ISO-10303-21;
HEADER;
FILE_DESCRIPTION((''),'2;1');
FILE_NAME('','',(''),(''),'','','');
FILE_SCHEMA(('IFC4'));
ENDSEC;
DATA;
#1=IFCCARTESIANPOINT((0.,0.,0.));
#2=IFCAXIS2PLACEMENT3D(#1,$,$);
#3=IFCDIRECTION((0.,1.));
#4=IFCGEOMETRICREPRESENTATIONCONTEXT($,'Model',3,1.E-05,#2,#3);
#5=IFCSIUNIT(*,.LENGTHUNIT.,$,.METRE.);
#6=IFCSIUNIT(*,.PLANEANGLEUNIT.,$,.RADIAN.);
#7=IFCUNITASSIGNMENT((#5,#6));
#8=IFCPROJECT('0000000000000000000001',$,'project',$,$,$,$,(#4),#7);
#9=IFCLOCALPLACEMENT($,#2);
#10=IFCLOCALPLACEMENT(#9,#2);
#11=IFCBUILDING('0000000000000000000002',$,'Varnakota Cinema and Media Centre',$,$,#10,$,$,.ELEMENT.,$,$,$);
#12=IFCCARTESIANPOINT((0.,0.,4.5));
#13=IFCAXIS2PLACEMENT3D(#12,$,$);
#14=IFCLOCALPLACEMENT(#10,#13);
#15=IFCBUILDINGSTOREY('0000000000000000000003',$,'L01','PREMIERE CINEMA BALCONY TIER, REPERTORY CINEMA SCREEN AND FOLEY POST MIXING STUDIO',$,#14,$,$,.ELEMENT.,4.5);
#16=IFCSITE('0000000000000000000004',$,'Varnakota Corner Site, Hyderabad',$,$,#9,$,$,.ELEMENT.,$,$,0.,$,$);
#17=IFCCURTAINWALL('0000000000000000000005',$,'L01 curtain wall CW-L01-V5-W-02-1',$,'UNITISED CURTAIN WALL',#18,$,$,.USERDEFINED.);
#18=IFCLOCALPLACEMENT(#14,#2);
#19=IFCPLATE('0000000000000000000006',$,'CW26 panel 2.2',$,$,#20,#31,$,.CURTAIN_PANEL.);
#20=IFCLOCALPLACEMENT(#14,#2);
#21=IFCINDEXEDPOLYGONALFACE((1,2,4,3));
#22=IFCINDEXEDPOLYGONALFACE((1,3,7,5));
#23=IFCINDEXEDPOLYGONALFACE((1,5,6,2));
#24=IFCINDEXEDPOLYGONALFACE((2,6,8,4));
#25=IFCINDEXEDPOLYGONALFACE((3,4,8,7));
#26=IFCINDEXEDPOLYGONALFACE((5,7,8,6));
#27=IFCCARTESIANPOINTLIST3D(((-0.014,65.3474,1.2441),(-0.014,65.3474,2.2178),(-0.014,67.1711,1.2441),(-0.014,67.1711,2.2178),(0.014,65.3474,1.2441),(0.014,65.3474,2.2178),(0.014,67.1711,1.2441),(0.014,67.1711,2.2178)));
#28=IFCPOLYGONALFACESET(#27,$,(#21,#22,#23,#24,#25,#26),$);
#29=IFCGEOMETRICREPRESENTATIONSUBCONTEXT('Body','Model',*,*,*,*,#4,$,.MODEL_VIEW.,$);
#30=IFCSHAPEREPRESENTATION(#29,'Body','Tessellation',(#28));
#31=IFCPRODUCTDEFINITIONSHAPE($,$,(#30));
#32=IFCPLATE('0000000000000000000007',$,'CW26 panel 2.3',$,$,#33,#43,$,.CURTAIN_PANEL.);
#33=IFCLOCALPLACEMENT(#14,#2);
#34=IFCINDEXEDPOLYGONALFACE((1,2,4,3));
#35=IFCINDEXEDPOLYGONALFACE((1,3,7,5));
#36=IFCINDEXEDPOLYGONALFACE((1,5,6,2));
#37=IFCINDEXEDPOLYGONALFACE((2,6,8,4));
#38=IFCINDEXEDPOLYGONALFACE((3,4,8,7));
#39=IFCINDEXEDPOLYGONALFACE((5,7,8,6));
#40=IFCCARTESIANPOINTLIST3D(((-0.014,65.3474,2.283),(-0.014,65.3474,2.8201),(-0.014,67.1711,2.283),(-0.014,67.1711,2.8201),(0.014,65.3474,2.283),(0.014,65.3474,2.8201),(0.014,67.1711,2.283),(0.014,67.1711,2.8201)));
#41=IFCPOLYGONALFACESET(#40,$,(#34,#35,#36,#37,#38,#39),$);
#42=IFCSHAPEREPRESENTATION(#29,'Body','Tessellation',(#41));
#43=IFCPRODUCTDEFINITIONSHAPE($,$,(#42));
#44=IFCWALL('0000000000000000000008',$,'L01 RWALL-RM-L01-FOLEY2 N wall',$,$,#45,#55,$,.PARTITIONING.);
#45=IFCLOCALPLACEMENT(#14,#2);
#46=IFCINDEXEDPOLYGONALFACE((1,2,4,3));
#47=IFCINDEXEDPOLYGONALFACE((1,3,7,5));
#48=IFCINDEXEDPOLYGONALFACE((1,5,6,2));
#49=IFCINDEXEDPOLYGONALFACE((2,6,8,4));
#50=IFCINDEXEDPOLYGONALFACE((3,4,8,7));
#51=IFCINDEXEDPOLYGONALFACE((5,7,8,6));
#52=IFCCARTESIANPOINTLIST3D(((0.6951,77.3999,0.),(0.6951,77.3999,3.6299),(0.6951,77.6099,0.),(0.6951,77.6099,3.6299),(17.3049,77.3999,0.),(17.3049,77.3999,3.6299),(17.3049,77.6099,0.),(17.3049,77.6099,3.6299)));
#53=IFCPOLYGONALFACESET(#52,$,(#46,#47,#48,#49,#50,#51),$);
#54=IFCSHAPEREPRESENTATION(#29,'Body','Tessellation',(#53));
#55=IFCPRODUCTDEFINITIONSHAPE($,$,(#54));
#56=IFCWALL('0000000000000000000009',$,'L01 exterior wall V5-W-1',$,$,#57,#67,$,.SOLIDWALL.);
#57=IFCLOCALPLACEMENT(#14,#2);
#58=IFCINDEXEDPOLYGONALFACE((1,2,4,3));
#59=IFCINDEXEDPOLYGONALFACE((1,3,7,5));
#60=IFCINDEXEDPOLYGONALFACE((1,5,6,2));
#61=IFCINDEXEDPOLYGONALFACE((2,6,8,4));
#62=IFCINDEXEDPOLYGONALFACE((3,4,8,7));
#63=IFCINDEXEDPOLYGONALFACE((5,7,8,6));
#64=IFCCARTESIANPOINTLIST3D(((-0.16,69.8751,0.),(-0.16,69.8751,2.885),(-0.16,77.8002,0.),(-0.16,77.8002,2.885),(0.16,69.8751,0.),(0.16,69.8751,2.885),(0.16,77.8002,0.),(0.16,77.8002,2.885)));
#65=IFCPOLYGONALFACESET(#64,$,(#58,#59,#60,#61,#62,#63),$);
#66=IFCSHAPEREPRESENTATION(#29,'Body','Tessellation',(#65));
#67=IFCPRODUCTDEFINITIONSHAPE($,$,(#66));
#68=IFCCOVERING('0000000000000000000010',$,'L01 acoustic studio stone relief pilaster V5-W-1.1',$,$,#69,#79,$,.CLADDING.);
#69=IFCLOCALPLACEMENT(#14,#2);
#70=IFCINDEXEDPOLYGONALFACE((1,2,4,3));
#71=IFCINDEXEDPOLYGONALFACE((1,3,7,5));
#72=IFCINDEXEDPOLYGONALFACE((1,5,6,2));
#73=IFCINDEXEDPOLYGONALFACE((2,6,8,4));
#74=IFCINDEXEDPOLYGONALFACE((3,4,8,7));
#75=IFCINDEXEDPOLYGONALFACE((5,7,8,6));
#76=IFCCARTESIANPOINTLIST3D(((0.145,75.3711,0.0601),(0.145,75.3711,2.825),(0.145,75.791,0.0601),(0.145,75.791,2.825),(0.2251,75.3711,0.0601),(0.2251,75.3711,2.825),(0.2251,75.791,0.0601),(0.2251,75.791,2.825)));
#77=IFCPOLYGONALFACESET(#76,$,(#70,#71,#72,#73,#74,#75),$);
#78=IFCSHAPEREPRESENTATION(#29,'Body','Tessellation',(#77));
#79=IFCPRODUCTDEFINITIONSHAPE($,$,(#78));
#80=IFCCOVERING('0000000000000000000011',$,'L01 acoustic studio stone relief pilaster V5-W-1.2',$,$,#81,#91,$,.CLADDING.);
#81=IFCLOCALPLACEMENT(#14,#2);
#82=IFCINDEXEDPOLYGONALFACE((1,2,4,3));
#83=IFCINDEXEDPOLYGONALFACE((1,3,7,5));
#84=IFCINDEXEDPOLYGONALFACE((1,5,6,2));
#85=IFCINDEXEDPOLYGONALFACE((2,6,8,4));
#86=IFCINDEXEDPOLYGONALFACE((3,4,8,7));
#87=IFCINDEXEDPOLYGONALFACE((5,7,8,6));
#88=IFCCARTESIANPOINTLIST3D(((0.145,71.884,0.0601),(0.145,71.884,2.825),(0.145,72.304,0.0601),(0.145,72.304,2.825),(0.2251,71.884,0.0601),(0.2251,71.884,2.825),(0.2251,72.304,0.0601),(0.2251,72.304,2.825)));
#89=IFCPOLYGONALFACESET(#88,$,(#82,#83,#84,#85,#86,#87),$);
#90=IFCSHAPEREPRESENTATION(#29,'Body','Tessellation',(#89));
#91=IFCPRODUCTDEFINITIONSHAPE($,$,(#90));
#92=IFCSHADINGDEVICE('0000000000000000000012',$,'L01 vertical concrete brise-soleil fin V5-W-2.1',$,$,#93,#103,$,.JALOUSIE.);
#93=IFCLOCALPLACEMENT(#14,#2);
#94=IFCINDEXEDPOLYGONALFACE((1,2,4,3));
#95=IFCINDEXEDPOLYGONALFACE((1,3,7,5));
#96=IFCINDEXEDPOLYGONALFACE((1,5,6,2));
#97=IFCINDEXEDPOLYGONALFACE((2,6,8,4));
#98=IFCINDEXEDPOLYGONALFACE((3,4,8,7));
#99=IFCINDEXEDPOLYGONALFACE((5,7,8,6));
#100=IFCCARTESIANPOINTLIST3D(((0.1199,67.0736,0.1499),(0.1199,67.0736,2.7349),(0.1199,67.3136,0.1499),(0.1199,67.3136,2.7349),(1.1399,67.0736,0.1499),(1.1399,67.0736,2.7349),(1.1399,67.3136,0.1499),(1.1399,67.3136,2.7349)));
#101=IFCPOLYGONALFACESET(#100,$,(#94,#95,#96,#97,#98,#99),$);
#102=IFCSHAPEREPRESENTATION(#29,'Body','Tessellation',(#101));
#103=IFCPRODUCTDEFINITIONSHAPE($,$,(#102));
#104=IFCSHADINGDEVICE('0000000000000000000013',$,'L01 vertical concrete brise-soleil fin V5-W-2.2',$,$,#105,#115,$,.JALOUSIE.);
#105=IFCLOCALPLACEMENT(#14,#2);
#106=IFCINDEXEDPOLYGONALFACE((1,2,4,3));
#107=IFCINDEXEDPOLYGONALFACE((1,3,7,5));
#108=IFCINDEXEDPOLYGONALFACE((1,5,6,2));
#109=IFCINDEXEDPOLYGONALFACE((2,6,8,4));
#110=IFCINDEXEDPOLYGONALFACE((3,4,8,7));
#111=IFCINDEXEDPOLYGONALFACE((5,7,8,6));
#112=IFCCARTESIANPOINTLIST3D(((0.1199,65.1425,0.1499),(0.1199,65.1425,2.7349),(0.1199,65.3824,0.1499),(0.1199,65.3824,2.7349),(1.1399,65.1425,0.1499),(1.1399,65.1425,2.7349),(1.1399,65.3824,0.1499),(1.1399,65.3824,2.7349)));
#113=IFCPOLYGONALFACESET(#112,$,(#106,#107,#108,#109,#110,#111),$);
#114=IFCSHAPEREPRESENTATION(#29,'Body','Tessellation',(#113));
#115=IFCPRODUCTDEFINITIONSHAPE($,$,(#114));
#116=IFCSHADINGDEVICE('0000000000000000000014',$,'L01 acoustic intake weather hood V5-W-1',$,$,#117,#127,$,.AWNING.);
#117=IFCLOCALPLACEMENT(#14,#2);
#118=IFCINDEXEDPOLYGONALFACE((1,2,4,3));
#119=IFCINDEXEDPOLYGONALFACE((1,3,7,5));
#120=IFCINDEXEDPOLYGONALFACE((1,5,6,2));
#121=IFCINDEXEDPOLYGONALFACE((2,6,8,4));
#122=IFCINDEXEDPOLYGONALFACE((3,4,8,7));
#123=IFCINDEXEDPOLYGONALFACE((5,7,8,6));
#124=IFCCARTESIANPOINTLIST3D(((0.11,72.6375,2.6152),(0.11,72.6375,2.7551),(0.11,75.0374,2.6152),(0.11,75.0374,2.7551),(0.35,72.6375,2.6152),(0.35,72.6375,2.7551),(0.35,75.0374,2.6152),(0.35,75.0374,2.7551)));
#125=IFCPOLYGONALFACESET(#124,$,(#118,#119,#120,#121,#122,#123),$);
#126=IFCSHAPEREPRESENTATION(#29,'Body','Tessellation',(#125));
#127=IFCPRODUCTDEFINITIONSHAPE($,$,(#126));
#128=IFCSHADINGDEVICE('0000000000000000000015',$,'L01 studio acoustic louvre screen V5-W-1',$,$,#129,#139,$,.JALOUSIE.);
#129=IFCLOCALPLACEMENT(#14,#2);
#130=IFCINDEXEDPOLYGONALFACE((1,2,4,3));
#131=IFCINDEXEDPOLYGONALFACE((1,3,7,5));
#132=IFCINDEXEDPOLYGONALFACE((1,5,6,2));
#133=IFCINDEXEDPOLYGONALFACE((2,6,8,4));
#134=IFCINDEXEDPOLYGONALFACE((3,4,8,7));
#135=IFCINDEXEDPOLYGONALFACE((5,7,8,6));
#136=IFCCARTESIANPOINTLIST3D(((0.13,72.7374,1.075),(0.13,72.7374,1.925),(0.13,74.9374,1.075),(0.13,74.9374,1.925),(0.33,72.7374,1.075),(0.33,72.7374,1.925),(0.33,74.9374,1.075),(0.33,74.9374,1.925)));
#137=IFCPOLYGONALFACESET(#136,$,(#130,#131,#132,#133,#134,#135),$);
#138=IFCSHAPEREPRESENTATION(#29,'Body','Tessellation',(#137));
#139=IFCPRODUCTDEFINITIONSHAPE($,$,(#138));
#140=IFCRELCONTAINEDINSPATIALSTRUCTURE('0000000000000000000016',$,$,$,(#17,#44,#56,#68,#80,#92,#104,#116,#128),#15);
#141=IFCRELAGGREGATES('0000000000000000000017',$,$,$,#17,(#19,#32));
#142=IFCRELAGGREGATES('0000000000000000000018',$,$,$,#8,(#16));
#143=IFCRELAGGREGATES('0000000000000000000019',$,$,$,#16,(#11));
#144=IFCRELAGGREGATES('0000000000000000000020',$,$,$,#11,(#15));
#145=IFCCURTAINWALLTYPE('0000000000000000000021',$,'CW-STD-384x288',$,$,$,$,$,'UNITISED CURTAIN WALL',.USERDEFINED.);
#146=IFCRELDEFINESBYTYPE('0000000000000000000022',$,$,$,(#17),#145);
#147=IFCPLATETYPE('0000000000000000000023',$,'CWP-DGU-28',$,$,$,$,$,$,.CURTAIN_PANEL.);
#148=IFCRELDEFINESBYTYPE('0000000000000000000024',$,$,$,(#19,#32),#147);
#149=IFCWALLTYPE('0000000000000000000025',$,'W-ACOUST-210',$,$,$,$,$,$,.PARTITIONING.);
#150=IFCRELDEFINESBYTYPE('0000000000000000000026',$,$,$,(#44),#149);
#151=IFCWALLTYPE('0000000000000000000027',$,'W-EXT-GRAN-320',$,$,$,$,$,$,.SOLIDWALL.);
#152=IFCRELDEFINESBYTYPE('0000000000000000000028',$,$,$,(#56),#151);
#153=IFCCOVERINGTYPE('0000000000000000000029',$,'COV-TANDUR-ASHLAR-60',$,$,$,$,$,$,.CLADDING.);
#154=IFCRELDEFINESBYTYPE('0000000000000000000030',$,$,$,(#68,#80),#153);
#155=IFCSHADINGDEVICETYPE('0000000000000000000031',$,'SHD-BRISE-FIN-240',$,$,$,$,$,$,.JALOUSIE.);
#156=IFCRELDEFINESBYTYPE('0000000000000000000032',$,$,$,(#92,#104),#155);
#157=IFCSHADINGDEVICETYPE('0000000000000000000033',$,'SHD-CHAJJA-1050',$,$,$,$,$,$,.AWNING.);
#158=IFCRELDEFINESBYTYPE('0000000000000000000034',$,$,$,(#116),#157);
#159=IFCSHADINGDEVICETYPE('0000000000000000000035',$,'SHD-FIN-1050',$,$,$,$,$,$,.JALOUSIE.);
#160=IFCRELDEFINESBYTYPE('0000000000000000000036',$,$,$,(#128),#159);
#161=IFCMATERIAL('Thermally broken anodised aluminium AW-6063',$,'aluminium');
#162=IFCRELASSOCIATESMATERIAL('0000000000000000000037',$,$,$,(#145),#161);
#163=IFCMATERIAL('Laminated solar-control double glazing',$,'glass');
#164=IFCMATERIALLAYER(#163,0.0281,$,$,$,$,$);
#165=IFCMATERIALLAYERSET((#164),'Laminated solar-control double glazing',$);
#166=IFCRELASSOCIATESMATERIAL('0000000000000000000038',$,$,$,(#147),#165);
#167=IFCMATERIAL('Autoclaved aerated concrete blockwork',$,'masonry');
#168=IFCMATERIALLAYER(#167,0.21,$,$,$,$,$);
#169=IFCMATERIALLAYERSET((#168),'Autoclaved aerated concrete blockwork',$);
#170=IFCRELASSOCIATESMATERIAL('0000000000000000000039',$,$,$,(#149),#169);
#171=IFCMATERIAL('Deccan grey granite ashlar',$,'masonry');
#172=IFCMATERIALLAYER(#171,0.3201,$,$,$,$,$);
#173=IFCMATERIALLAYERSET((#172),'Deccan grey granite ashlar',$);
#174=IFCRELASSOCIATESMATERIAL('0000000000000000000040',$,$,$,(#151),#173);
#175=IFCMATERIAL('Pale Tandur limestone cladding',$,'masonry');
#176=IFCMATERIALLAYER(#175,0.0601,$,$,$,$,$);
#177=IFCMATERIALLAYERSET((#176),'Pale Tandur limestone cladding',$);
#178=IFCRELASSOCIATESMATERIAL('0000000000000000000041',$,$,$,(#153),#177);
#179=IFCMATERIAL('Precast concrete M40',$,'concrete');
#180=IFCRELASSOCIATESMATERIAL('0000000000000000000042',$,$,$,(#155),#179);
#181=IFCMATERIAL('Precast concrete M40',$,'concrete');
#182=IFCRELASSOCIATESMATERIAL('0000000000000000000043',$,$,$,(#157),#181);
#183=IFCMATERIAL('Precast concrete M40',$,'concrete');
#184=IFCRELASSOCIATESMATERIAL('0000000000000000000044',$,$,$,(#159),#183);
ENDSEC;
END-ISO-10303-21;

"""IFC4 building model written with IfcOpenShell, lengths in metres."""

from ifc_helpers import new_model, si_unit, direction, frame, frame_2d, origin, origin_2d, place, context, subcontext, project, spatial, rectangle, extrude, material, layer, layer_set, type_object, element, aggregate, save


model = new_model("IFC4")

# Units and contexts
model_context = context("Model", 3, precision=1e-05, world=origin(), true_north=direction((0.0, 1.0)))
body_context = subcontext(model_context, "Body", "Model", "MODEL_VIEW")
ifc_project = project(units=[si_unit("LENGTHUNIT", "METRE"), si_unit("PLANEANGLEUNIT", "RADIAN")], contexts=[model_context])

# Site, building, storey
site_placement = place(None, origin())
site = spatial("IfcSite", under=ifc_project, at=site_placement, Name="Varnakota Corner Site, Hyderabad", CompositionType="ELEMENT", RefElevation=0.0)
building_placement = place(site_placement, origin())
building = spatial("IfcBuilding", under=site, at=building_placement, Name="Varnakota Cinema and Media Centre", CompositionType="ELEMENT")
storey_placement = place(building_placement, frame((0.0, 0.0, 4.5)))
storey = spatial("IfcBuildingStorey", under=building, at=storey_placement, Name="L01", Description="PREMIERE CINEMA BALCONY TIER, REPERTORY CINEMA SCREEN AND FOLEY POST MIXING STUDIO", CompositionType="ELEMENT", Elevation=4.5)

# Curtain wall
ifc_material_1 = material(Name="Thermally broken anodised aluminium AW-6063", Category="aluminium")
curtain_wall_type = type_object("IfcCurtainWallType", Name="CW-STD-384x288", ElementType="UNITISED CURTAIN WALL", PredefinedType="USERDEFINED", material=ifc_material_1)
curtain_wall_1_placement = place(storey_placement, origin())
curtain_wall_1 = element("IfcCurtainWall", 1, at=curtain_wall_1_placement, inside=storey, type_object=curtain_wall_type, Name="L01 curtain wall CW-L01-V5-W-02-1", ObjectType="UNITISED CURTAIN WALL", PredefinedType="USERDEFINED")

# Plates
ifc_material_2 = material(Name="Laminated solar-control double glazing", Category="glass")
ifc_layer_1 = layer(ifc_material_2, 0.0281)
ifc_layer_set_1 = layer_set([ifc_layer_1], Name="Laminated solar-control double glazing")
plate_type = type_object("IfcPlateType", Name="CWP-DGU-28", PredefinedType="CURTAIN_PANEL", material=ifc_layer_set_1)
plate_1_placement = place(storey_placement, frame((0.0, 66.2593, 1.2441), z_axis=(0.0, 0.0, 1.0), x_axis=(0.0, -1.0, 0.0)))
plate_1 = element("IfcPlate", 2, at=plate_1_placement, type_object=plate_type, Name="CW26 panel 2.2", PredefinedType="CURTAIN_PANEL", context=body_context, shape_type="SweptSolid", body=[
    extrude(rectangle(XDim=1.8237, YDim=0.0281, at=origin_2d()), origin(), (0.0, 0.0, 1.0), 0.9736),
])
plate_2_placement = place(storey_placement, frame((0.0, 66.2593, 2.283), z_axis=(0.0, 0.0, 1.0), x_axis=(0.0, -1.0, 0.0)))
plate_2 = element("IfcPlate", 3, at=plate_2_placement, type_object=plate_type, Name="CW26 panel 2.3", PredefinedType="CURTAIN_PANEL", context=body_context, shape_type="SweptSolid", body=[
    extrude(rectangle(XDim=1.8237, YDim=0.0281, at=origin_2d()), origin(), (0.0, 0.0, 1.0), 0.5371),
])
aggregate(curtain_wall_1, [plate_1, plate_2])

# Walls
ifc_material_3 = material(Name="Autoclaved aerated concrete blockwork", Category="masonry")
ifc_layer_2 = layer(ifc_material_3, 0.21)
ifc_layer_set_2 = layer_set([ifc_layer_2], Name="Autoclaved aerated concrete blockwork")
wall_type_1 = type_object("IfcWallType", Name="W-ACOUST-210", PredefinedType="PARTITIONING", material=ifc_layer_set_2)
wall_1_placement = place(storey_placement, frame((0.6951, 77.5049, 0.0), z_axis=(0.0, 0.0, 1.0), x_axis=(1.0, 0.0, 0.0)))
element("IfcWall", 4, at=wall_1_placement, inside=storey, type_object=wall_type_1, Name="L01 RWALL-RM-L01-FOLEY2 N wall", PredefinedType="PARTITIONING", context=body_context, shape_type="SweptSolid", body=[
    extrude(rectangle(XDim=16.6099, YDim=0.21, at=frame_2d((8.3049, 0.0))), origin(), (0.0, 0.0, 1.0), 3.6299),
])
ifc_material_4 = material(Name="Deccan grey granite ashlar", Category="masonry")
ifc_layer_3 = layer(ifc_material_4, 0.3201)
ifc_layer_set_3 = layer_set([ifc_layer_3], Name="Deccan grey granite ashlar")
wall_type_2 = type_object("IfcWallType", Name="W-EXT-GRAN-320", PredefinedType="SOLIDWALL", material=ifc_layer_set_3)
wall_2_placement = place(storey_placement, frame((0.0, 77.8, 0.0), z_axis=(0.0, 0.0, 1.0), x_axis=(0.0, -1.0, 0.0)))
element("IfcWall", 5, at=wall_2_placement, inside=storey, type_object=wall_type_2, Name="L01 exterior wall V5-W-1", PredefinedType="SOLIDWALL", context=body_context, shape_type="SweptSolid", body=[
    extrude(rectangle(XDim=7.925, YDim=0.3201, at=frame_2d((3.9624, 0.0))), origin(), (0.0, 0.0, 1.0), 2.885),
])

# Coverings
ifc_material_5 = material(Name="Pale Tandur limestone cladding", Category="masonry")
ifc_layer_4 = layer(ifc_material_5, 0.0601)
ifc_layer_set_4 = layer_set([ifc_layer_4], Name="Pale Tandur limestone cladding")
covering_type = type_object("IfcCoveringType", Name="COV-TANDUR-ASHLAR-60", PredefinedType="CLADDING", material=ifc_layer_set_4)
for number, where, z_axis, x_axis, name in (
    (6, (0.1851, 75.5811, 0.0601), (0.0, 0.0, 1.0), (0.0, -1.0, 0.0), "L01 acoustic studio stone relief pilaster V5-W-1.1"),
    (7, (0.1851, 72.094, 0.0601), (0.0, 0.0, 1.0), (0.0, -1.0, 0.0), "L01 acoustic studio stone relief pilaster V5-W-1.2"),
):
    element("IfcCovering", number, at=place(storey_placement, frame(where, z_axis=z_axis, x_axis=x_axis)), inside=storey, type_object=covering_type, Name=name, PredefinedType="CLADDING", context=body_context, shape_type="SweptSolid", body=[
        extrude(rectangle(XDim=0.4199, YDim=0.0801, at=origin_2d()), origin(), (0.0, 0.0, 1.0), 2.7649),
    ])

# Shading devices
ifc_material_6 = material(Name="Precast concrete M40", Category="concrete")
shading_device_type_1 = type_object("IfcShadingDeviceType", Name="SHD-BRISE-FIN-240", PredefinedType="JALOUSIE", material=ifc_material_6)
for number, where, z_axis, x_axis, name in (
    (8, (0.6299, 67.1936, 0.1499), (0.0, 0.0, 1.0), (0.0, -1.0, 0.0), "L01 vertical concrete brise-soleil fin V5-W-2.1"),
    (9, (0.6299, 65.2625, 0.1499), (0.0, 0.0, 1.0), (0.0, -1.0, 0.0), "L01 vertical concrete brise-soleil fin V5-W-2.2"),
):
    element("IfcShadingDevice", number, at=place(storey_placement, frame(where, z_axis=z_axis, x_axis=x_axis)), inside=storey, type_object=shading_device_type_1, Name=name, PredefinedType="JALOUSIE", context=body_context, shape_type="SweptSolid", body=[
        extrude(rectangle(XDim=0.24, YDim=1.02, at=origin_2d()), origin(), (0.0, 0.0, 1.0), 2.585),
    ])
ifc_material_7 = material(Name="Precast concrete M40", Category="concrete")
shading_device_type_2 = type_object("IfcShadingDeviceType", Name="SHD-CHAJJA-1050", PredefinedType="AWNING", material=ifc_material_7)
shading_device_1_placement = place(storey_placement, frame((0.23, 73.8374, 2.6152), z_axis=(0.0, 0.0, 1.0), x_axis=(0.0, -1.0, 0.0)))
element("IfcShadingDevice", 10, at=shading_device_1_placement, inside=storey, type_object=shading_device_type_2, Name="L01 acoustic intake weather hood V5-W-1", PredefinedType="AWNING", context=body_context, shape_type="SweptSolid", body=[
    extrude(rectangle(XDim=2.3999, YDim=0.24, at=origin_2d()), origin(), (0.0, 0.0, 1.0), 0.1399),
])
ifc_material_8 = material(Name="Precast concrete M40", Category="concrete")
shading_device_type_3 = type_object("IfcShadingDeviceType", Name="SHD-FIN-1050", PredefinedType="JALOUSIE", material=ifc_material_8)
shading_device_2_placement = place(storey_placement, frame((0.23, 73.8374, 1.075), z_axis=(0.0, 0.0, 1.0), x_axis=(0.0, -1.0, 0.0)))
element("IfcShadingDevice", 11, at=shading_device_2_placement, inside=storey, type_object=shading_device_type_3, Name="L01 studio acoustic louvre screen V5-W-1", PredefinedType="JALOUSIE", context=body_context, shape_type="SweptSolid", body=[
    extrude(rectangle(XDim=2.2, YDim=0.2, at=origin_2d()), origin(), (0.0, 0.0, 1.0), 0.8501),
])

save(model, "model.ifc")
